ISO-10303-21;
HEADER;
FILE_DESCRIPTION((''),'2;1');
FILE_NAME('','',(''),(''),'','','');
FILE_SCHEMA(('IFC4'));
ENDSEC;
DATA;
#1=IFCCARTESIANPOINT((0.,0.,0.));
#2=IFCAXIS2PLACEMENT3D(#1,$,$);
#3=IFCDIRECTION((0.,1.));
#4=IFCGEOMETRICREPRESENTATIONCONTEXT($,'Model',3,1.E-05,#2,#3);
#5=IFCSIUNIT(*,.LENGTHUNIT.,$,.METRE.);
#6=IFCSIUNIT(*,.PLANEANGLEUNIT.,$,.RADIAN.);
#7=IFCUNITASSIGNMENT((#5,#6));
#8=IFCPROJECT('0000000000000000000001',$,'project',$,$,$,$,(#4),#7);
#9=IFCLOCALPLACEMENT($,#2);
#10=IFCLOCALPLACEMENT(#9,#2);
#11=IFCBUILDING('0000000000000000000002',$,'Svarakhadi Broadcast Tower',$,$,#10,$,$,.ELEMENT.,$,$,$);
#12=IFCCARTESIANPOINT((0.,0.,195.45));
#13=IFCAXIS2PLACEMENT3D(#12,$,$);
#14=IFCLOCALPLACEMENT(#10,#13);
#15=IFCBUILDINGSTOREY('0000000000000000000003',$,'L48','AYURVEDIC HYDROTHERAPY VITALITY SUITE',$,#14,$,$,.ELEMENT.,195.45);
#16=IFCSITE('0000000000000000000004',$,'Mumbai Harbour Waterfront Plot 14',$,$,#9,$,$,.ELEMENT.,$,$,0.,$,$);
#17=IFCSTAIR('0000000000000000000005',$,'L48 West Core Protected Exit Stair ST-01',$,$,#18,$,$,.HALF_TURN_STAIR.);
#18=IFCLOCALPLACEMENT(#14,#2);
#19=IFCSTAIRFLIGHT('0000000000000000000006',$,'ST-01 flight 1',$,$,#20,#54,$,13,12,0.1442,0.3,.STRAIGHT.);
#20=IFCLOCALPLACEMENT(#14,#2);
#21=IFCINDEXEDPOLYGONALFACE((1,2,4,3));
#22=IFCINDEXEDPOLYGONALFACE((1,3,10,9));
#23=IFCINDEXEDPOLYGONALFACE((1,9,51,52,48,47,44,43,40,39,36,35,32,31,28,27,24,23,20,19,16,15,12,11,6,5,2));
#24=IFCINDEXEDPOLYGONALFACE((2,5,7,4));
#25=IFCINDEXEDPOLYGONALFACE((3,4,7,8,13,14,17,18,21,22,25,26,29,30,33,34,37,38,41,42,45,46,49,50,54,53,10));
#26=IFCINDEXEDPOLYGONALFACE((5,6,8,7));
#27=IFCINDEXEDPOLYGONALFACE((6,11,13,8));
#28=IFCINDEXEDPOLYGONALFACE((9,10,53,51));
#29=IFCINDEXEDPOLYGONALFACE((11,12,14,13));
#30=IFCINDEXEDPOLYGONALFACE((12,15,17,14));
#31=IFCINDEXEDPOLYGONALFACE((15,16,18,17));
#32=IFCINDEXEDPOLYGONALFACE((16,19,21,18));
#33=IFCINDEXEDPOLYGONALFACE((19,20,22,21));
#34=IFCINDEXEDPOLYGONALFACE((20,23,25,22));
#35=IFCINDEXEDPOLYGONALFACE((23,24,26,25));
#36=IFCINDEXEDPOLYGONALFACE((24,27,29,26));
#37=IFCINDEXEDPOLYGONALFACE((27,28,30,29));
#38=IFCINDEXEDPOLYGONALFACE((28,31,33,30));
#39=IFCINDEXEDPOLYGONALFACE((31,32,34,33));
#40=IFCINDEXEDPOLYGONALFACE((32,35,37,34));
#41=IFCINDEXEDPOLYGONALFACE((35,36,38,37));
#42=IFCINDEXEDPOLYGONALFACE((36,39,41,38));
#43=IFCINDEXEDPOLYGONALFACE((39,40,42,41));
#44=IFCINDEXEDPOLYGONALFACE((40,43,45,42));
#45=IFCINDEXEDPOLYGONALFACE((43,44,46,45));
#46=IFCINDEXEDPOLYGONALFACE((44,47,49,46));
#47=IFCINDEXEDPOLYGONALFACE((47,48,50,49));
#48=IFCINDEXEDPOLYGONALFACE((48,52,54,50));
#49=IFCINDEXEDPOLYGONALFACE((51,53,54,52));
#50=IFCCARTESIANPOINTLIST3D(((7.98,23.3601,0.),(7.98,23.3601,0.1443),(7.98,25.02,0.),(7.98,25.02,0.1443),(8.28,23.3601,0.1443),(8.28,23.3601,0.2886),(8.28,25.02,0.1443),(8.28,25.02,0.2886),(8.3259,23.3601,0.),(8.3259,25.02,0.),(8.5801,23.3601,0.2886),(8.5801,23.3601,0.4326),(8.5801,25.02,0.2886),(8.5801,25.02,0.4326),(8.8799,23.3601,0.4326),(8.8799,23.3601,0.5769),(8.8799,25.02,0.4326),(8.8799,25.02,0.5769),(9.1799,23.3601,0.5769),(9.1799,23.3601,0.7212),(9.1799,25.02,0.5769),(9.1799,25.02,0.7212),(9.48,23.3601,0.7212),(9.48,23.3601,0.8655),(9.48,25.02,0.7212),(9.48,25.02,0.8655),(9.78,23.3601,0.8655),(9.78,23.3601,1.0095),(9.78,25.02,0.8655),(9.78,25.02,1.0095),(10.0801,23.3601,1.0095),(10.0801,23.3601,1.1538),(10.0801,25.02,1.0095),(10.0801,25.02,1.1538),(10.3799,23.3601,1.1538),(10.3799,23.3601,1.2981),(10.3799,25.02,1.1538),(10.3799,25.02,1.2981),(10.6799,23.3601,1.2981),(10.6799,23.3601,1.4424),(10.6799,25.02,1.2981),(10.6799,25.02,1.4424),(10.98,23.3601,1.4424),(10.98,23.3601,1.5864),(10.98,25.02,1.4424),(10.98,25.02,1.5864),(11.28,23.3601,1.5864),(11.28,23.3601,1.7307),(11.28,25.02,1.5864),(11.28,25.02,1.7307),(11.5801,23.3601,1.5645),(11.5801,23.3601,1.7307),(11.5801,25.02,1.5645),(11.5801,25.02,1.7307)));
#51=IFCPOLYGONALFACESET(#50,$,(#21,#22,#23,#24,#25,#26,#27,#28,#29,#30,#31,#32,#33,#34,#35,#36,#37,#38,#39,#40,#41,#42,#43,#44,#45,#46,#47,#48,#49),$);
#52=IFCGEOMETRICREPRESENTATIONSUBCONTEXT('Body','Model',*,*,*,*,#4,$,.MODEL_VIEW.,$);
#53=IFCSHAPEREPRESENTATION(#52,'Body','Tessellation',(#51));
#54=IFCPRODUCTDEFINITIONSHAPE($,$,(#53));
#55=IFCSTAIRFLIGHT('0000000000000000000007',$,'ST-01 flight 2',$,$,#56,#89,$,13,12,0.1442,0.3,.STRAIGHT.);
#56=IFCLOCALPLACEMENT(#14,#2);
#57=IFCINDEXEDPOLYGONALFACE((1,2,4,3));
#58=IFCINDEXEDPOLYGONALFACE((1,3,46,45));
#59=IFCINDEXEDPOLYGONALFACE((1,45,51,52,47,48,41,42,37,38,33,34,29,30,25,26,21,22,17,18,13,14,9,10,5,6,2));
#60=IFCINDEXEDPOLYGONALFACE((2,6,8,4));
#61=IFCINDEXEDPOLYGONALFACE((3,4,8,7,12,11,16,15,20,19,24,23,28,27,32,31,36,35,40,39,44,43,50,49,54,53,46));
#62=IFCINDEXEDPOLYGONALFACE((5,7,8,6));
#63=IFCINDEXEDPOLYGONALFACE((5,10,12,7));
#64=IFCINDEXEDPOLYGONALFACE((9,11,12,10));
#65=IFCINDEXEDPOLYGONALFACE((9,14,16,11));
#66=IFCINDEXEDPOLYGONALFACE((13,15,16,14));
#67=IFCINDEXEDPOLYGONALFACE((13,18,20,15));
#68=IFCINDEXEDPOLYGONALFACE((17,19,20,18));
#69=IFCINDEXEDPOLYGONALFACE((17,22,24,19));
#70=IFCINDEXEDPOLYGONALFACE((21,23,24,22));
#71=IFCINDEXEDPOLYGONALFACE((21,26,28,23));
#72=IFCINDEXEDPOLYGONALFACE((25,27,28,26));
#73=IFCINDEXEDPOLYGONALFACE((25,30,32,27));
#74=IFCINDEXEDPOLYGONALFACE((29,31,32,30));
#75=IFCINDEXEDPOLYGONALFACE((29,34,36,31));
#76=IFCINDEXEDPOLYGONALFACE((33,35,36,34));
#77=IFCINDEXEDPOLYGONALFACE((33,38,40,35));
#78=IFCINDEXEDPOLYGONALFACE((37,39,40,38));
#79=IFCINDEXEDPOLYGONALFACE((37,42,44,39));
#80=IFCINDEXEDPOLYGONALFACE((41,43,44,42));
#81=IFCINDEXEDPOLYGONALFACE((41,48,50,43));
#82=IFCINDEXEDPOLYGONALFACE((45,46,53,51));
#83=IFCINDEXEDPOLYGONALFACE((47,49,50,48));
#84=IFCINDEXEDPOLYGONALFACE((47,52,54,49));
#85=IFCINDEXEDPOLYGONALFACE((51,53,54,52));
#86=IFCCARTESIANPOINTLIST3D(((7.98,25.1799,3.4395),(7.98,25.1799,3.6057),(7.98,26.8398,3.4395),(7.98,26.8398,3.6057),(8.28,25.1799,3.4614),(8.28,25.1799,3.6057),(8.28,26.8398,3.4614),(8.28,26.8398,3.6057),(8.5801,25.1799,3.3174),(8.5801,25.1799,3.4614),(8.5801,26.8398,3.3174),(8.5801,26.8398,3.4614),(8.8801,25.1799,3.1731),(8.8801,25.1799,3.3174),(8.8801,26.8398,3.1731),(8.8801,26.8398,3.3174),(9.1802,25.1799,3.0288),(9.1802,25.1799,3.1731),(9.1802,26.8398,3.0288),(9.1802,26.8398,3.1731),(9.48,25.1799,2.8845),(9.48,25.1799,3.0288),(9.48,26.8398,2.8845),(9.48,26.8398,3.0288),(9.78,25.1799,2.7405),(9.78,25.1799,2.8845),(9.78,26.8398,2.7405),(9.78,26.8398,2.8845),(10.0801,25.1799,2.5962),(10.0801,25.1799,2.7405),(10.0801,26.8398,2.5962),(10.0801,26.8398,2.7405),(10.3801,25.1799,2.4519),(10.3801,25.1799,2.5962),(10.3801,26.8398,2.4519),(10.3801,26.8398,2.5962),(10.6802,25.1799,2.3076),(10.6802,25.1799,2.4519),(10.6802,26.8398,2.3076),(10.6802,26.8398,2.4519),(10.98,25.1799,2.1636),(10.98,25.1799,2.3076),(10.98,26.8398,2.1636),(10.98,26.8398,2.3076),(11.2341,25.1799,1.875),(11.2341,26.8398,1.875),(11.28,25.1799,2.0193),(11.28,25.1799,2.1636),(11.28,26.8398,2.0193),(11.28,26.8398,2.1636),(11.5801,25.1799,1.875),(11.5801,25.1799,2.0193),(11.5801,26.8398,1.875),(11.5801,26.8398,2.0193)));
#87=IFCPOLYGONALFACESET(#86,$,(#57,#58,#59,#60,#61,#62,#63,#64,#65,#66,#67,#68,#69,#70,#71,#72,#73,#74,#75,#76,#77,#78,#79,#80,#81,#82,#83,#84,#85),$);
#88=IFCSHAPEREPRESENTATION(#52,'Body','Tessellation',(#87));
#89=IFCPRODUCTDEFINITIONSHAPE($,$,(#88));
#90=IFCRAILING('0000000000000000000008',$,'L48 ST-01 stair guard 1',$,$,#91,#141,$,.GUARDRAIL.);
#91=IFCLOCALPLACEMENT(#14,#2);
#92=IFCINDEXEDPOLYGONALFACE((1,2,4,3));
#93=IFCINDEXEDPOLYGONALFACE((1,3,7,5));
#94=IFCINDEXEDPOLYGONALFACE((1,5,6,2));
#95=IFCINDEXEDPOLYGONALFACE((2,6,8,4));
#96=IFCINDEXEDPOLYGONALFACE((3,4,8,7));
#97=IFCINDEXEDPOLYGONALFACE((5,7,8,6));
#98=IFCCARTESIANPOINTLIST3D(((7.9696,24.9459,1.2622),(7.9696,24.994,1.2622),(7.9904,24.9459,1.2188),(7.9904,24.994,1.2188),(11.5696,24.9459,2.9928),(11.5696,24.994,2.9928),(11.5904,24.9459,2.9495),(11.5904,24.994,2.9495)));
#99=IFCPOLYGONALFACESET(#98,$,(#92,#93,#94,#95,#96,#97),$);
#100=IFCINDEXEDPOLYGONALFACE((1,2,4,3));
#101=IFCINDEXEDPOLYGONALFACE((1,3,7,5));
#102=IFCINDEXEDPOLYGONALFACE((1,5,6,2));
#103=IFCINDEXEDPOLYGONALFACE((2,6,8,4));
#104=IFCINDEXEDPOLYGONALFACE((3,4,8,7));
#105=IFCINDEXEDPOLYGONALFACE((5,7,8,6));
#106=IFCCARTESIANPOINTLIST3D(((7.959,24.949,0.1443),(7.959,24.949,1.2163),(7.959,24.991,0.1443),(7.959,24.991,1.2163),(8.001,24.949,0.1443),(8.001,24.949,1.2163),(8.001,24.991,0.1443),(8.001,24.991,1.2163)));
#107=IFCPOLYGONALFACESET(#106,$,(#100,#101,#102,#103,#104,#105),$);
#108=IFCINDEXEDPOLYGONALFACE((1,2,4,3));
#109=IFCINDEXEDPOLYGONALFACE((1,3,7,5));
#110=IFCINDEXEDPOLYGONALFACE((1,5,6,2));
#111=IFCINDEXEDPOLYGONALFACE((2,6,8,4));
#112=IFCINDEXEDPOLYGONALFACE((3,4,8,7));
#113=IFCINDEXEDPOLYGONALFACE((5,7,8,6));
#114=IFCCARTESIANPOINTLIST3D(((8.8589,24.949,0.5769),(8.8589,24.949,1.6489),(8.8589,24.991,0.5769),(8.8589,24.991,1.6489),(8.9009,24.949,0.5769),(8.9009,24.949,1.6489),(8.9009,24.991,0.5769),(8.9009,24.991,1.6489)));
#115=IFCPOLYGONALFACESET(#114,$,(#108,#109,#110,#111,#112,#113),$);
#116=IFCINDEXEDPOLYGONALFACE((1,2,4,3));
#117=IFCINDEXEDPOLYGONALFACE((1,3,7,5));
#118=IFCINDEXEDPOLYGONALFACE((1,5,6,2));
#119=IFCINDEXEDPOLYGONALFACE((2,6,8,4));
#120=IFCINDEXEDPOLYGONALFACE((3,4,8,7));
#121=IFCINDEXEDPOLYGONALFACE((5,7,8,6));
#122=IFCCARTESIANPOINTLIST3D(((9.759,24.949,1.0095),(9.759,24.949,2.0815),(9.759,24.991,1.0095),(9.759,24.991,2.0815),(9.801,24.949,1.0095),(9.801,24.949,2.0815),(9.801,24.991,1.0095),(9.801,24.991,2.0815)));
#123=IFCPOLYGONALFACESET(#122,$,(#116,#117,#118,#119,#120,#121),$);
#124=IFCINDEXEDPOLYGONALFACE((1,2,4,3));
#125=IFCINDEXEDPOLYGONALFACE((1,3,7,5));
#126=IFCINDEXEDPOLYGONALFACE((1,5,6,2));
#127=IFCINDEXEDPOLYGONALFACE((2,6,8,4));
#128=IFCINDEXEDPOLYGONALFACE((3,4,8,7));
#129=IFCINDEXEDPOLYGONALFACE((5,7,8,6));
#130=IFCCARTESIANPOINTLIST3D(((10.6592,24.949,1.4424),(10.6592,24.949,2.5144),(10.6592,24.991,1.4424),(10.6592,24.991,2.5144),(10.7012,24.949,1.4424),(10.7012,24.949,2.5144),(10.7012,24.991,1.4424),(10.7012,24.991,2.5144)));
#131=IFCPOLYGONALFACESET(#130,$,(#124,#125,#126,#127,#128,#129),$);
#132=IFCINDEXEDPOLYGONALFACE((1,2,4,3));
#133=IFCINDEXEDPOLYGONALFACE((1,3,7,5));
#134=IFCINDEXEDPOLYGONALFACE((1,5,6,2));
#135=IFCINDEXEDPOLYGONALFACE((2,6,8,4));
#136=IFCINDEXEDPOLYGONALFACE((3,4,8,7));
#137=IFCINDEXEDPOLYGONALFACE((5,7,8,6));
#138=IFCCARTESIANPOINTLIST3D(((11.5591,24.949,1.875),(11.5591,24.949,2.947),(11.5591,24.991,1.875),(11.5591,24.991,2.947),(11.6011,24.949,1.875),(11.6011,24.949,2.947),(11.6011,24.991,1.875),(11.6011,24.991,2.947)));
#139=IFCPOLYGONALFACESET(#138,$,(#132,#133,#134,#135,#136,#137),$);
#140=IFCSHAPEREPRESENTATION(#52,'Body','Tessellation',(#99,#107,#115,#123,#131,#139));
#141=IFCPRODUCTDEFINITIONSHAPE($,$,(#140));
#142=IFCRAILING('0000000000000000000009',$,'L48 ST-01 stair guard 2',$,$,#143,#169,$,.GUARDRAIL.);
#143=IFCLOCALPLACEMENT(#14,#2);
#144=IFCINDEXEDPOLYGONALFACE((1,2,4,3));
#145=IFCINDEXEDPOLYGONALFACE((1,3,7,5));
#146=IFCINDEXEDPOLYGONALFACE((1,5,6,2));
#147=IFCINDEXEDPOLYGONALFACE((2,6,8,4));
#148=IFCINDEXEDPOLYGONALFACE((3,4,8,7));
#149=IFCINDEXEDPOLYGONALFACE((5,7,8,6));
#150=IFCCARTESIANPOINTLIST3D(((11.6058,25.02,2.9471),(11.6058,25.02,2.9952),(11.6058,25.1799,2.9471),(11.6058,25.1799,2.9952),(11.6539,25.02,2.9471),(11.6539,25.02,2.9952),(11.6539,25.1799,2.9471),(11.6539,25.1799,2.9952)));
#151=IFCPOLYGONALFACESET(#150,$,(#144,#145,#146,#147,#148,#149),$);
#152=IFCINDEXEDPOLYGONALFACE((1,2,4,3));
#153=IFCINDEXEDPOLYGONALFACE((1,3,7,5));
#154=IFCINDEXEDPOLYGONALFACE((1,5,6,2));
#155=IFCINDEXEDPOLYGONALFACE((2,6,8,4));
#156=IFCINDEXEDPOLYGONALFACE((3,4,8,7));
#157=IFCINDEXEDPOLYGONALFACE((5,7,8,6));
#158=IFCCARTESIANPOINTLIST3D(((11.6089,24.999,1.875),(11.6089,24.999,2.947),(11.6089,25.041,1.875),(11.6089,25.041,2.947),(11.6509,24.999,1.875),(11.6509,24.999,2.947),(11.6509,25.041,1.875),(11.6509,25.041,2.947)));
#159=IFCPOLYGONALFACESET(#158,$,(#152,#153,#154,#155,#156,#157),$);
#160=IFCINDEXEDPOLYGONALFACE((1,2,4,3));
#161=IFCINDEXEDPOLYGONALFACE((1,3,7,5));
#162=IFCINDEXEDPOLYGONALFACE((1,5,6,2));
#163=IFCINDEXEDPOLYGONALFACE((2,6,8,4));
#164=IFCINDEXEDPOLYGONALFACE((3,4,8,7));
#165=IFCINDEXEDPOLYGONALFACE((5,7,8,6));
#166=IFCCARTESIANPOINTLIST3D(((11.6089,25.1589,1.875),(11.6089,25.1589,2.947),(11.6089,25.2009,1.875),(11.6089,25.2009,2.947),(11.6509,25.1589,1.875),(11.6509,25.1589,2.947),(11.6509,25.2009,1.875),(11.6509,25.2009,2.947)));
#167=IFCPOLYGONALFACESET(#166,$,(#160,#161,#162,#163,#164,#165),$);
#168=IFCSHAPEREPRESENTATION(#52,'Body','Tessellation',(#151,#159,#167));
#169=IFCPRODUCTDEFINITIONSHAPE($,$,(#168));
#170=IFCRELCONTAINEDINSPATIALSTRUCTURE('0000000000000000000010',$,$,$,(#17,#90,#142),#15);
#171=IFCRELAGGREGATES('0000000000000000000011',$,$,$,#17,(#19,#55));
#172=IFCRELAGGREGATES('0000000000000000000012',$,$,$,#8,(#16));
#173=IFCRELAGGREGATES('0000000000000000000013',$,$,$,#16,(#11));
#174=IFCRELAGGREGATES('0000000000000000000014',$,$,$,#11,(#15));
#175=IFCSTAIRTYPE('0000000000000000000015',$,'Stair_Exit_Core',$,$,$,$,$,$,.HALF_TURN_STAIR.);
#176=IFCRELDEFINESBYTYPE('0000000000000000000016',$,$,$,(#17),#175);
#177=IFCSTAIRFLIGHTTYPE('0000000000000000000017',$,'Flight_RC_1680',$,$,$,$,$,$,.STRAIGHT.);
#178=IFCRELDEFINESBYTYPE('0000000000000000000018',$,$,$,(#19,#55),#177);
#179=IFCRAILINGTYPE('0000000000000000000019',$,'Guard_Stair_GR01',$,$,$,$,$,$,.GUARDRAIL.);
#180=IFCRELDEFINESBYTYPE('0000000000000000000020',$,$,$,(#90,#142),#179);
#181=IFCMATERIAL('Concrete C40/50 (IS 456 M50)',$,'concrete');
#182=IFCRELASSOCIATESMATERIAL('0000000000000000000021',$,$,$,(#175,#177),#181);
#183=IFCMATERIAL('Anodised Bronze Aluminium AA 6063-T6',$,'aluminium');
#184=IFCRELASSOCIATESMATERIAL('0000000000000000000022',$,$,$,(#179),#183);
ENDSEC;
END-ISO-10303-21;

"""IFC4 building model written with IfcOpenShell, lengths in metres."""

from ifc_helpers import new_model, si_unit, direction, frame, origin, origin_2d, place, context, subcontext, project, spatial, polyline, rectangle, outline, extrude, material, type_object, element, aggregate, save


model = new_model("IFC4")

# Units and contexts
model_context = context("Model", 3, precision=1e-05, world=origin(), true_north=direction((0.0, 1.0)))
body_context = subcontext(model_context, "Body", "Model", "MODEL_VIEW")
ifc_project = project(units=[si_unit("LENGTHUNIT", "METRE"), si_unit("PLANEANGLEUNIT", "RADIAN")], contexts=[model_context])

# Site, building, storey
site_placement = place(None, origin())
site = spatial("IfcSite", under=ifc_project, at=site_placement, Name="Mumbai Harbour Waterfront Plot 14", CompositionType="ELEMENT", RefElevation=0.0)
building_placement = place(site_placement, origin())
building = spatial("IfcBuilding", under=site, at=building_placement, Name="Svarakhadi Broadcast Tower", CompositionType="ELEMENT")
storey_placement = place(building_placement, frame((0.0, 0.0, 195.45)))
storey = spatial("IfcBuildingStorey", under=building, at=storey_placement, Name="L48", Description="AYURVEDIC HYDROTHERAPY VITALITY SUITE", CompositionType="ELEMENT", Elevation=195.45)

# Shared definitions
ifc_material_1 = material(Name="Concrete C40/50 (IS 456 M50)", Category="concrete")

# Stair, stair flights
stair_type = type_object("IfcStairType", Name="Stair_Exit_Core", PredefinedType="HALF_TURN_STAIR", material=ifc_material_1)
stair_placement = place(storey_placement, origin())
stair = element("IfcStair", 1, at=stair_placement, inside=storey, type_object=stair_type, Name="L48 West Core Protected Exit Stair ST-01", PredefinedType="HALF_TURN_STAIR")
stair_flight_type = type_object("IfcStairFlightType", Name="Flight_RC_1680", PredefinedType="STRAIGHT", material=ifc_material_1)
stair_flight_1_placement = place(storey_placement, frame((7.98, 24.1899, 0.0), z_axis=(0.0, 0.0, 1.0), x_axis=(1.0, 0.0, 0.0)))
stair_flight_1 = element("IfcStairFlight", 2, at=stair_flight_1_placement, type_object=stair_flight_type, Name="ST-01 flight 1", NumberOfRisers=13, NumberOfTreads=12, PredefinedType="STRAIGHT", RiserHeight=0.1442, TreadLength=0.3, context=body_context, shape_type="SweptSolid", body=[
    extrude(outline(polyline([(0.0, 0.0), (0.0, 0.1443), (0.3, 0.1443), (0.3, 0.2886), (0.6001, 0.2886), (0.6001, 0.4326), (0.8999, 0.4326), (0.8999, 0.5769), (1.2, 0.5769), (1.2, 0.7212), (1.5, 0.7212), (1.5, 0.8655), (1.8, 0.8655), (1.8, 1.0095), (2.1001, 1.0095), (2.1001, 1.1538), (2.3999, 1.1538), (2.3999, 1.2981), (2.7, 1.2981), (2.7, 1.4424), (3.0, 1.4424), (3.0, 1.5864), (3.3, 1.5864), (3.3, 1.7307), (3.6001, 1.7307), (3.6001, 1.875), (3.6001, 1.5645), (0.3459, 0.0), (0.0, 0.0)])), frame((0.0, 0.8301, 0.0), z_axis=(0.0, -1.0, 0.0), x_axis=(1.0, 0.0, 0.0)), (0.0, 0.0, 1.0), 1.6599),
])
stair_flight_2_placement = place(storey_placement, frame((11.5801, 26.01, 1.875), z_axis=(0.0, 0.0, 1.0), x_axis=(-1.0, 0.0, 0.0)))
stair_flight_2 = element("IfcStairFlight", 3, at=stair_flight_2_placement, type_object=stair_flight_type, Name="ST-01 flight 2", NumberOfRisers=13, NumberOfTreads=12, PredefinedType="STRAIGHT", RiserHeight=0.1442, TreadLength=0.3, context=body_context, shape_type="SweptSolid", body=[
    extrude(outline(polyline([(0.0, 0.0), (0.0, 0.1443), (0.3, 0.1443), (0.3, 0.2886), (0.6001, 0.2886), (0.6001, 0.4326), (0.8999, 0.4326), (0.8999, 0.5769), (1.2, 0.5769), (1.2, 0.7212), (1.5, 0.7212), (1.5, 0.8655), (1.8, 0.8655), (1.8, 1.0095), (2.1001, 1.0095), (2.1001, 1.1538), (2.3999, 1.1538), (2.3999, 1.2981), (2.7, 1.2981), (2.7, 1.4424), (3.0, 1.4424), (3.0, 1.5864), (3.3, 1.5864), (3.3, 1.7307), (3.6001, 1.7307), (3.6001, 1.875), (3.6001, 1.5645), (0.3459, 0.0), (0.0, 0.0)])), frame((0.0, 0.8301, 0.0), z_axis=(0.0, -1.0, 0.0), x_axis=(1.0, 0.0, 0.0)), (0.0, 0.0, 1.0), 1.6599),
])
aggregate(stair, [stair_flight_1, stair_flight_2])

# Railings
ifc_material_2 = material(Name="Anodised Bronze Aluminium AA 6063-T6", Category="aluminium")
railing_type_1 = type_object("IfcRailingType", Name="Guard_Stair_GR01", PredefinedType="GUARDRAIL", material=ifc_material_2)
railing_1_placement = place(storey_placement, frame((7.98, 24.97, 0.1443)))
element("IfcRailing", 4, at=railing_1_placement, inside=storey, type_object=railing_type_1, Name="L48 ST-01 stair guard 1", PredefinedType="GUARDRAIL", context=body_context, shape_type="SweptSolid", body=[
    extrude(rectangle(XDim=0.0481, YDim=0.0481, at=origin_2d()), frame((0.0, 0.0, 1.0962), z_axis=(0.901263, 0.0, 0.433273), x_axis=(0.0, 1.0, 0.0)), (0.0, 0.0, 1.0), 3.9944),
    extrude(rectangle(XDim=0.042, YDim=0.042, at=origin_2d()), origin(), (0.0, 0.0, 1.0), 1.072),
    extrude(rectangle(XDim=0.042, YDim=0.042, at=origin_2d()), frame((0.8999, 0.0, 0.4326)), (0.0, 0.0, 1.0), 1.072),
    extrude(rectangle(XDim=0.042, YDim=0.042, at=origin_2d()), frame((1.8, 0.0, 0.8652)), (0.0, 0.0, 1.0), 1.072),
    extrude(rectangle(XDim=0.042, YDim=0.042, at=origin_2d()), frame((2.7002, 0.0, 1.2981)), (0.0, 0.0, 1.0), 1.072),
    extrude(rectangle(XDim=0.042, YDim=0.042, at=origin_2d()), frame((3.6001, 0.0, 1.7307)), (0.0, 0.0, 1.0), 1.072),
])
railing_2_placement = place(storey_placement, frame((11.6299, 25.02, 1.875)))
element("IfcRailing", 5, at=railing_2_placement, inside=storey, type_object=railing_type_1, Name="L48 ST-01 stair guard 2", PredefinedType="GUARDRAIL", context=body_context, shape_type="SweptSolid", body=[
    extrude(rectangle(XDim=0.0481, YDim=0.0481, at=origin_2d()), frame((0.0, 0.0, 1.0962), z_axis=(0.0, 1.0, 0.0), x_axis=(-1.0, 0.0, 0.0)), (0.0, 0.0, 1.0), 0.1599),
    extrude(rectangle(XDim=0.042, YDim=0.042, at=origin_2d()), origin(), (0.0, 0.0, 1.0), 1.072),
    extrude(rectangle(XDim=0.042, YDim=0.042, at=origin_2d()), frame((0.0, 0.1599, 0.0)), (0.0, 0.0, 1.0), 1.072),
])

save(model, "model.ifc")
